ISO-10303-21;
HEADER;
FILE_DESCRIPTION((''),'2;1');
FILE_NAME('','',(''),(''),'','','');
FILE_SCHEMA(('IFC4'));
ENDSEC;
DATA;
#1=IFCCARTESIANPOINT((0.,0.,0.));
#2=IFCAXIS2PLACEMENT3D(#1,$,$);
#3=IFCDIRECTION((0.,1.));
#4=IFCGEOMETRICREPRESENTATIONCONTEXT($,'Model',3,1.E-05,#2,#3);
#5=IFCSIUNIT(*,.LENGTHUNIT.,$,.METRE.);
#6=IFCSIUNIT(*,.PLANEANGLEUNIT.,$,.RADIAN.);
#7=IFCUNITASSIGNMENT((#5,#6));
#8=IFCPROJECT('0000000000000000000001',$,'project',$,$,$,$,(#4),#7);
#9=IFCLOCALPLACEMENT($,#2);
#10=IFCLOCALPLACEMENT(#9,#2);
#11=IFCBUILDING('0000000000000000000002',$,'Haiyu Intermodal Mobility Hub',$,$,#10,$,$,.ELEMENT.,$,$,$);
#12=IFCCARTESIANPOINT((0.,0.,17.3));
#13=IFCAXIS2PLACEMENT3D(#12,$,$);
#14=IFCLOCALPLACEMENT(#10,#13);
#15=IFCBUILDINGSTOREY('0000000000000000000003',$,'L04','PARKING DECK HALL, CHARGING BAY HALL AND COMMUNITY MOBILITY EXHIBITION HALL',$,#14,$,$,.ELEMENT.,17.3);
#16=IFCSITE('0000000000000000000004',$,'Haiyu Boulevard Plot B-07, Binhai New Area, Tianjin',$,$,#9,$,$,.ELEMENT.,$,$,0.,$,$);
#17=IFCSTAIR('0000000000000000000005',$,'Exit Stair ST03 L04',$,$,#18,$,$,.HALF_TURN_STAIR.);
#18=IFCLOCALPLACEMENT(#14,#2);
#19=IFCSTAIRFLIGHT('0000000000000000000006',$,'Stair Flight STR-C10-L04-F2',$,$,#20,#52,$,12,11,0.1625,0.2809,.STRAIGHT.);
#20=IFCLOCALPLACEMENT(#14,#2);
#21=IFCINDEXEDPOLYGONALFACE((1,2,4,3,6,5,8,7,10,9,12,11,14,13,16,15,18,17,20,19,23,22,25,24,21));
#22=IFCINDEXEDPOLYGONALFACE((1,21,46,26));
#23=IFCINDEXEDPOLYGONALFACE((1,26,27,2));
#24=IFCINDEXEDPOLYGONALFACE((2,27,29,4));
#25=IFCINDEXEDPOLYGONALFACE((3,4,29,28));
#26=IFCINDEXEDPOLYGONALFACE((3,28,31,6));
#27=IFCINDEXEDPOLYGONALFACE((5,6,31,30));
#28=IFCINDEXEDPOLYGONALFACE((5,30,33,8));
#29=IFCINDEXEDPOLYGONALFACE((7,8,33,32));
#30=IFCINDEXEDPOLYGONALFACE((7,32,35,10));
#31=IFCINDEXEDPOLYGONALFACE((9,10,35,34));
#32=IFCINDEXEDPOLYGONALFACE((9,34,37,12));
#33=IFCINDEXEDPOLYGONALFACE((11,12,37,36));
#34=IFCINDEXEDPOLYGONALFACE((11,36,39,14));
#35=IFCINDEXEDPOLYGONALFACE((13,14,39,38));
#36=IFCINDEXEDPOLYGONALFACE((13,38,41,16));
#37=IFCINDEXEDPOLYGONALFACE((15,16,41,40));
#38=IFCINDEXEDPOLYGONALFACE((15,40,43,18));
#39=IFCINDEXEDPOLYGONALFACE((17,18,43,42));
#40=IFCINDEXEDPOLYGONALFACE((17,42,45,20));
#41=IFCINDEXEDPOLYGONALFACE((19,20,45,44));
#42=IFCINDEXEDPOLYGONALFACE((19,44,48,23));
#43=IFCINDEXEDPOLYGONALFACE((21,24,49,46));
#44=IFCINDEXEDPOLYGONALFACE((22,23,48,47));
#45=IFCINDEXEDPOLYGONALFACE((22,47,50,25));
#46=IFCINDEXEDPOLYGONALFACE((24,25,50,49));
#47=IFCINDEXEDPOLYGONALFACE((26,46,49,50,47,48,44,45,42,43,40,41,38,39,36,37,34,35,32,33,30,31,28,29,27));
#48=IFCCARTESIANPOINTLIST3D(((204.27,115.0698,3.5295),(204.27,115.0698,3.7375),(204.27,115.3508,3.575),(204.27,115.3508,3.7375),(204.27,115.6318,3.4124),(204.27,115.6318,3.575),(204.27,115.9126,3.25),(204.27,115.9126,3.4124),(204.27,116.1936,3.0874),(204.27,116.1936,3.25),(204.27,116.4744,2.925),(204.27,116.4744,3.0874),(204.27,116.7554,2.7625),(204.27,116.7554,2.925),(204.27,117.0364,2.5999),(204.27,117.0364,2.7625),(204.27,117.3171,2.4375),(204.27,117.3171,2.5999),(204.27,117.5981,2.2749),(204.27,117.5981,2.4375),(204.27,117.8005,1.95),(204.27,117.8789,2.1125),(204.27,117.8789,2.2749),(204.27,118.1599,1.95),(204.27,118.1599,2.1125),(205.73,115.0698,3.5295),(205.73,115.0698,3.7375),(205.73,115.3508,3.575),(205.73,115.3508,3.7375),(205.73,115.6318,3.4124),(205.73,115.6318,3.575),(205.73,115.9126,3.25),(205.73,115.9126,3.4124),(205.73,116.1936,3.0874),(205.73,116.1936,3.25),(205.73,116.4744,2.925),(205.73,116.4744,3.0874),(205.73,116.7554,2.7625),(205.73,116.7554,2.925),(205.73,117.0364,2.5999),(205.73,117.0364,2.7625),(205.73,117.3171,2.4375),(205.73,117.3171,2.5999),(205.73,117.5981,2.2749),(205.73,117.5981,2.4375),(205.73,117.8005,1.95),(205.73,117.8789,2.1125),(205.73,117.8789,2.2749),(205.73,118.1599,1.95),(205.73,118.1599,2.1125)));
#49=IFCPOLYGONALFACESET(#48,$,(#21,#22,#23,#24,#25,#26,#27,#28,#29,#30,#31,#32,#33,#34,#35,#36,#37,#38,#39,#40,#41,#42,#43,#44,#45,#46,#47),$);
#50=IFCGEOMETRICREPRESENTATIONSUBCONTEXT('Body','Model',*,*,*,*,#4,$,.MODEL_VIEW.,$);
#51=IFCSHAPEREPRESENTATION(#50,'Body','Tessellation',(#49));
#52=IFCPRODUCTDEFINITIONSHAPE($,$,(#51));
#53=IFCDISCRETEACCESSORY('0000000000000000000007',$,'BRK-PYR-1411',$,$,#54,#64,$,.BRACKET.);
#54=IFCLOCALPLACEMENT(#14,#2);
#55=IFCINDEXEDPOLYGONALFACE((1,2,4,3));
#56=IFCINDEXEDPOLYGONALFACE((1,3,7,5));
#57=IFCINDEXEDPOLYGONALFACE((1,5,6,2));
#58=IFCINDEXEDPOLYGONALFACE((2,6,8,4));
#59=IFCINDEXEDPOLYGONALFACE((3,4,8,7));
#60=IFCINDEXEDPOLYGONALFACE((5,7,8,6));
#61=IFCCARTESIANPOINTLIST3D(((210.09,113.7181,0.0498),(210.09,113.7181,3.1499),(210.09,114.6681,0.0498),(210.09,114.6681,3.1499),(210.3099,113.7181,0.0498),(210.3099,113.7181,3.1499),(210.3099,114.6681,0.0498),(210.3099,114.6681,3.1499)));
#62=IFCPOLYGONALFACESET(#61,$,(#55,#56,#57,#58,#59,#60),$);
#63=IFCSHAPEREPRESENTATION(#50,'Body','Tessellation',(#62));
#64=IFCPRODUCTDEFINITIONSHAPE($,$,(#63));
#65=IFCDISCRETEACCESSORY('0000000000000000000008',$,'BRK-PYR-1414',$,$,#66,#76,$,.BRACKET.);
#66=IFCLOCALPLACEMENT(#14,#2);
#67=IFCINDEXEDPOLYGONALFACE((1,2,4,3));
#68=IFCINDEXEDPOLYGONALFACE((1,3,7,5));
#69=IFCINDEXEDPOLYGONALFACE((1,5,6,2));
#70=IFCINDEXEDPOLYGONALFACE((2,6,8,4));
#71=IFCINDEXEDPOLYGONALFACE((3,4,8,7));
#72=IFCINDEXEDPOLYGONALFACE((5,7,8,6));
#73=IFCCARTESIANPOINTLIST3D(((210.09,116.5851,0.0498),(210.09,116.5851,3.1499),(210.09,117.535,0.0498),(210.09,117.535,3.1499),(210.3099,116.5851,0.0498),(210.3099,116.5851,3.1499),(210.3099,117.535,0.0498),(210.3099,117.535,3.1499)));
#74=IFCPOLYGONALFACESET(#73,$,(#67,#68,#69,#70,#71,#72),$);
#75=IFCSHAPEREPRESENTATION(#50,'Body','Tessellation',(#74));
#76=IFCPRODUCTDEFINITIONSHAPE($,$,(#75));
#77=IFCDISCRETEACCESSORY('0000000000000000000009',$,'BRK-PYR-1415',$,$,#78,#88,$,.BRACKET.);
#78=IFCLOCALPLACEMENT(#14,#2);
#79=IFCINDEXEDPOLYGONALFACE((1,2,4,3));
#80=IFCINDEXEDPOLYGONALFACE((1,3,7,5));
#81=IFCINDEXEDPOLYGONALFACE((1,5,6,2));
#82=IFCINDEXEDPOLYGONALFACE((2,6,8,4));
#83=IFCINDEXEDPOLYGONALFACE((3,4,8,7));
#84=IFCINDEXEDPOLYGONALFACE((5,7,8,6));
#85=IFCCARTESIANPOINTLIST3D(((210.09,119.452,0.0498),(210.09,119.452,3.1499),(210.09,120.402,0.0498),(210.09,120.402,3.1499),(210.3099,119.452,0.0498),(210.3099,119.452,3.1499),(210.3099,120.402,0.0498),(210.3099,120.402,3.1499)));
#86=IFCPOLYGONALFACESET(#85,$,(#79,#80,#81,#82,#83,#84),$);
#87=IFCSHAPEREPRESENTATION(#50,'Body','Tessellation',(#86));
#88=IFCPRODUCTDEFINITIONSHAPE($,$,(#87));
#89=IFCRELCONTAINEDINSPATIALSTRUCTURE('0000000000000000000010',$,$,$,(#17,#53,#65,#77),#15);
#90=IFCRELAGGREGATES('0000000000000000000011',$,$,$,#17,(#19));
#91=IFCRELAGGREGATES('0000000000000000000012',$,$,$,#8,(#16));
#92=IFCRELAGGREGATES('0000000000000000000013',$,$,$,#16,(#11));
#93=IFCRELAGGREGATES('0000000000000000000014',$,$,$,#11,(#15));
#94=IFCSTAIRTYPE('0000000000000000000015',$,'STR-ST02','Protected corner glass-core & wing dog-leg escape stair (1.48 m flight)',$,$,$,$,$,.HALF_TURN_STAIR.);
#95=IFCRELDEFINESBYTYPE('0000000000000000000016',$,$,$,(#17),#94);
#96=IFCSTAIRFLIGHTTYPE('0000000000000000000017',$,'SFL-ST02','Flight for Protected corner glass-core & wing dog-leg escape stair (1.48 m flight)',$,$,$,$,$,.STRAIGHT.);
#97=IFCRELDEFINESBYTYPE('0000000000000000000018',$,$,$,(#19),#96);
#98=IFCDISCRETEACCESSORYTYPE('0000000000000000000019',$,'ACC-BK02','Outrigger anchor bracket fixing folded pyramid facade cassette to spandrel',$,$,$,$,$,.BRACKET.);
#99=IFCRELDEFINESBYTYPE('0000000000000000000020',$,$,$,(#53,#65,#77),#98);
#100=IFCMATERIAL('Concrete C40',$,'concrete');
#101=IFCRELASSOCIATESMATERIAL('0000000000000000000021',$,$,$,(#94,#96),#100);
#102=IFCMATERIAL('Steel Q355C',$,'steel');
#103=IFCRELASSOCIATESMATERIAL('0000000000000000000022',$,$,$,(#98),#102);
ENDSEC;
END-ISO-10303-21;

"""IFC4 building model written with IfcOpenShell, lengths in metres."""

from ifc_helpers import new_model, si_unit, direction, frame, origin, origin_2d, place, context, subcontext, project, spatial, polyline, rectangle, outline, extrude, material, type_object, element, aggregate, save


model = new_model("IFC4")

# Units and contexts
model_context = context("Model", 3, precision=1e-05, world=origin(), true_north=direction((0.0, 1.0)))
body_context = subcontext(model_context, "Body", "Model", "MODEL_VIEW")
ifc_project = project(units=[si_unit("LENGTHUNIT", "METRE"), si_unit("PLANEANGLEUNIT", "RADIAN")], contexts=[model_context])

# Site, building, storey
site_placement = place(None, origin())
site = spatial("IfcSite", under=ifc_project, at=site_placement, Name="Haiyu Boulevard Plot B-07, Binhai New Area, Tianjin", CompositionType="ELEMENT", RefElevation=0.0)
building_placement = place(site_placement, origin())
building = spatial("IfcBuilding", under=site, at=building_placement, Name="Haiyu Intermodal Mobility Hub", CompositionType="ELEMENT")
storey_placement = place(building_placement, frame((0.0, 0.0, 17.3)))
storey = spatial("IfcBuildingStorey", under=building, at=storey_placement, Name="L04", Description="PARKING DECK HALL, CHARGING BAY HALL AND COMMUNITY MOBILITY EXHIBITION HALL", CompositionType="ELEMENT", Elevation=17.3)

# Shared definitions
ifc_material_1 = material(Name="Concrete C40", Category="concrete")

# Shared definitions
ifc_material_2 = material(Name="Steel Q355C", Category="steel")

# Stair, stair flight
stair_type = type_object("IfcStairType", Name="STR-ST02", Description="Protected corner glass-core & wing dog-leg escape stair (1.48 m flight)", PredefinedType="HALF_TURN_STAIR", material=ifc_material_1)
stair_placement = place(storey_placement, origin())
stair = element("IfcStair", 1, at=stair_placement, inside=storey, type_object=stair_type, Name="Exit Stair ST03 L04", PredefinedType="HALF_TURN_STAIR")
stair_flight_type = type_object("IfcStairFlightType", Name="SFL-ST02", Description="Flight for Protected corner glass-core & wing dog-leg escape stair (1.48 m flight)", PredefinedType="STRAIGHT", material=ifc_material_1)
stair_flight_1_placement = place(storey_placement, frame((205.0, 118.1599, 1.95), z_axis=(0.0, 0.0, 1.0), x_axis=(0.0, -1.0, 0.0)))
stair_flight_1 = element("IfcStairFlight", 2, at=stair_flight_1_placement, type_object=stair_flight_type, Name="Stair Flight STR-C10-L04-F2", NumberOfRisers=12, NumberOfTreads=11, PredefinedType="STRAIGHT", RiserHeight=0.1625, TreadLength=0.2809, context=body_context, shape_type="SweptSolid", body=[
    extrude(outline(polyline([(0.0, 0.0), (0.0, 0.1626), (0.281, 0.1626), (0.281, 0.325), (0.5618, 0.325), (0.5618, 0.4875), (0.8428, 0.4875), (0.8428, 0.6499), (1.1235, 0.6499), (1.1235, 0.8125), (1.4045, 0.8125), (1.4045, 0.9751), (1.6855, 0.9751), (1.6855, 1.1375), (1.9663, 1.1375), (1.9663, 1.3), (2.2473, 1.3), (2.2473, 1.4624), (2.5281, 1.4624), (2.5281, 1.625), (2.8091, 1.625), (2.8091, 1.7876), (3.0901, 1.7876), (3.0901, 1.95), (3.0901, 1.5796), (0.3594, 0.0), (0.0, 0.0)])), frame((0.0, 0.73, 0.0), z_axis=(0.0, -1.0, 0.0), x_axis=(1.0, 0.0, 0.0)), (0.0, 0.0, 1.0), 1.46),
])
aggregate(stair, [stair_flight_1])

# Discrete accessories
discrete_accessory_type = type_object("IfcDiscreteAccessoryType", Name="ACC-BK02", Description="Outrigger anchor bracket fixing folded pyramid facade cassette to spandrel", PredefinedType="BRACKET", material=ifc_material_2)
for number, where, z_axis, x_axis, name in (
    (3, (210.2, 114.1931, 0.0498), (0.0, 0.0, 1.0), (1.0, 0.0, 0.0), "BRK-PYR-1411"),
    (4, (210.2, 117.0601, 0.0498), (0.0, 0.0, 1.0), (1.0, 0.0, 0.0), "BRK-PYR-1414"),
    (5, (210.2, 119.927, 0.0498), (0.0, 0.0, 1.0), (1.0, 0.0, 0.0), "BRK-PYR-1415"),
):
    element("IfcDiscreteAccessory", number, at=place(storey_placement, frame(where, z_axis=z_axis, x_axis=x_axis)), inside=storey, type_object=discrete_accessory_type, Name=name, PredefinedType="BRACKET", context=body_context, shape_type="SweptSolid", body=[
        extrude(rectangle(XDim=0.22, YDim=0.95, at=origin_2d()), origin(), (0.0, 0.0, 1.0), 3.1001),
    ])

save(model, "model.ifc")
